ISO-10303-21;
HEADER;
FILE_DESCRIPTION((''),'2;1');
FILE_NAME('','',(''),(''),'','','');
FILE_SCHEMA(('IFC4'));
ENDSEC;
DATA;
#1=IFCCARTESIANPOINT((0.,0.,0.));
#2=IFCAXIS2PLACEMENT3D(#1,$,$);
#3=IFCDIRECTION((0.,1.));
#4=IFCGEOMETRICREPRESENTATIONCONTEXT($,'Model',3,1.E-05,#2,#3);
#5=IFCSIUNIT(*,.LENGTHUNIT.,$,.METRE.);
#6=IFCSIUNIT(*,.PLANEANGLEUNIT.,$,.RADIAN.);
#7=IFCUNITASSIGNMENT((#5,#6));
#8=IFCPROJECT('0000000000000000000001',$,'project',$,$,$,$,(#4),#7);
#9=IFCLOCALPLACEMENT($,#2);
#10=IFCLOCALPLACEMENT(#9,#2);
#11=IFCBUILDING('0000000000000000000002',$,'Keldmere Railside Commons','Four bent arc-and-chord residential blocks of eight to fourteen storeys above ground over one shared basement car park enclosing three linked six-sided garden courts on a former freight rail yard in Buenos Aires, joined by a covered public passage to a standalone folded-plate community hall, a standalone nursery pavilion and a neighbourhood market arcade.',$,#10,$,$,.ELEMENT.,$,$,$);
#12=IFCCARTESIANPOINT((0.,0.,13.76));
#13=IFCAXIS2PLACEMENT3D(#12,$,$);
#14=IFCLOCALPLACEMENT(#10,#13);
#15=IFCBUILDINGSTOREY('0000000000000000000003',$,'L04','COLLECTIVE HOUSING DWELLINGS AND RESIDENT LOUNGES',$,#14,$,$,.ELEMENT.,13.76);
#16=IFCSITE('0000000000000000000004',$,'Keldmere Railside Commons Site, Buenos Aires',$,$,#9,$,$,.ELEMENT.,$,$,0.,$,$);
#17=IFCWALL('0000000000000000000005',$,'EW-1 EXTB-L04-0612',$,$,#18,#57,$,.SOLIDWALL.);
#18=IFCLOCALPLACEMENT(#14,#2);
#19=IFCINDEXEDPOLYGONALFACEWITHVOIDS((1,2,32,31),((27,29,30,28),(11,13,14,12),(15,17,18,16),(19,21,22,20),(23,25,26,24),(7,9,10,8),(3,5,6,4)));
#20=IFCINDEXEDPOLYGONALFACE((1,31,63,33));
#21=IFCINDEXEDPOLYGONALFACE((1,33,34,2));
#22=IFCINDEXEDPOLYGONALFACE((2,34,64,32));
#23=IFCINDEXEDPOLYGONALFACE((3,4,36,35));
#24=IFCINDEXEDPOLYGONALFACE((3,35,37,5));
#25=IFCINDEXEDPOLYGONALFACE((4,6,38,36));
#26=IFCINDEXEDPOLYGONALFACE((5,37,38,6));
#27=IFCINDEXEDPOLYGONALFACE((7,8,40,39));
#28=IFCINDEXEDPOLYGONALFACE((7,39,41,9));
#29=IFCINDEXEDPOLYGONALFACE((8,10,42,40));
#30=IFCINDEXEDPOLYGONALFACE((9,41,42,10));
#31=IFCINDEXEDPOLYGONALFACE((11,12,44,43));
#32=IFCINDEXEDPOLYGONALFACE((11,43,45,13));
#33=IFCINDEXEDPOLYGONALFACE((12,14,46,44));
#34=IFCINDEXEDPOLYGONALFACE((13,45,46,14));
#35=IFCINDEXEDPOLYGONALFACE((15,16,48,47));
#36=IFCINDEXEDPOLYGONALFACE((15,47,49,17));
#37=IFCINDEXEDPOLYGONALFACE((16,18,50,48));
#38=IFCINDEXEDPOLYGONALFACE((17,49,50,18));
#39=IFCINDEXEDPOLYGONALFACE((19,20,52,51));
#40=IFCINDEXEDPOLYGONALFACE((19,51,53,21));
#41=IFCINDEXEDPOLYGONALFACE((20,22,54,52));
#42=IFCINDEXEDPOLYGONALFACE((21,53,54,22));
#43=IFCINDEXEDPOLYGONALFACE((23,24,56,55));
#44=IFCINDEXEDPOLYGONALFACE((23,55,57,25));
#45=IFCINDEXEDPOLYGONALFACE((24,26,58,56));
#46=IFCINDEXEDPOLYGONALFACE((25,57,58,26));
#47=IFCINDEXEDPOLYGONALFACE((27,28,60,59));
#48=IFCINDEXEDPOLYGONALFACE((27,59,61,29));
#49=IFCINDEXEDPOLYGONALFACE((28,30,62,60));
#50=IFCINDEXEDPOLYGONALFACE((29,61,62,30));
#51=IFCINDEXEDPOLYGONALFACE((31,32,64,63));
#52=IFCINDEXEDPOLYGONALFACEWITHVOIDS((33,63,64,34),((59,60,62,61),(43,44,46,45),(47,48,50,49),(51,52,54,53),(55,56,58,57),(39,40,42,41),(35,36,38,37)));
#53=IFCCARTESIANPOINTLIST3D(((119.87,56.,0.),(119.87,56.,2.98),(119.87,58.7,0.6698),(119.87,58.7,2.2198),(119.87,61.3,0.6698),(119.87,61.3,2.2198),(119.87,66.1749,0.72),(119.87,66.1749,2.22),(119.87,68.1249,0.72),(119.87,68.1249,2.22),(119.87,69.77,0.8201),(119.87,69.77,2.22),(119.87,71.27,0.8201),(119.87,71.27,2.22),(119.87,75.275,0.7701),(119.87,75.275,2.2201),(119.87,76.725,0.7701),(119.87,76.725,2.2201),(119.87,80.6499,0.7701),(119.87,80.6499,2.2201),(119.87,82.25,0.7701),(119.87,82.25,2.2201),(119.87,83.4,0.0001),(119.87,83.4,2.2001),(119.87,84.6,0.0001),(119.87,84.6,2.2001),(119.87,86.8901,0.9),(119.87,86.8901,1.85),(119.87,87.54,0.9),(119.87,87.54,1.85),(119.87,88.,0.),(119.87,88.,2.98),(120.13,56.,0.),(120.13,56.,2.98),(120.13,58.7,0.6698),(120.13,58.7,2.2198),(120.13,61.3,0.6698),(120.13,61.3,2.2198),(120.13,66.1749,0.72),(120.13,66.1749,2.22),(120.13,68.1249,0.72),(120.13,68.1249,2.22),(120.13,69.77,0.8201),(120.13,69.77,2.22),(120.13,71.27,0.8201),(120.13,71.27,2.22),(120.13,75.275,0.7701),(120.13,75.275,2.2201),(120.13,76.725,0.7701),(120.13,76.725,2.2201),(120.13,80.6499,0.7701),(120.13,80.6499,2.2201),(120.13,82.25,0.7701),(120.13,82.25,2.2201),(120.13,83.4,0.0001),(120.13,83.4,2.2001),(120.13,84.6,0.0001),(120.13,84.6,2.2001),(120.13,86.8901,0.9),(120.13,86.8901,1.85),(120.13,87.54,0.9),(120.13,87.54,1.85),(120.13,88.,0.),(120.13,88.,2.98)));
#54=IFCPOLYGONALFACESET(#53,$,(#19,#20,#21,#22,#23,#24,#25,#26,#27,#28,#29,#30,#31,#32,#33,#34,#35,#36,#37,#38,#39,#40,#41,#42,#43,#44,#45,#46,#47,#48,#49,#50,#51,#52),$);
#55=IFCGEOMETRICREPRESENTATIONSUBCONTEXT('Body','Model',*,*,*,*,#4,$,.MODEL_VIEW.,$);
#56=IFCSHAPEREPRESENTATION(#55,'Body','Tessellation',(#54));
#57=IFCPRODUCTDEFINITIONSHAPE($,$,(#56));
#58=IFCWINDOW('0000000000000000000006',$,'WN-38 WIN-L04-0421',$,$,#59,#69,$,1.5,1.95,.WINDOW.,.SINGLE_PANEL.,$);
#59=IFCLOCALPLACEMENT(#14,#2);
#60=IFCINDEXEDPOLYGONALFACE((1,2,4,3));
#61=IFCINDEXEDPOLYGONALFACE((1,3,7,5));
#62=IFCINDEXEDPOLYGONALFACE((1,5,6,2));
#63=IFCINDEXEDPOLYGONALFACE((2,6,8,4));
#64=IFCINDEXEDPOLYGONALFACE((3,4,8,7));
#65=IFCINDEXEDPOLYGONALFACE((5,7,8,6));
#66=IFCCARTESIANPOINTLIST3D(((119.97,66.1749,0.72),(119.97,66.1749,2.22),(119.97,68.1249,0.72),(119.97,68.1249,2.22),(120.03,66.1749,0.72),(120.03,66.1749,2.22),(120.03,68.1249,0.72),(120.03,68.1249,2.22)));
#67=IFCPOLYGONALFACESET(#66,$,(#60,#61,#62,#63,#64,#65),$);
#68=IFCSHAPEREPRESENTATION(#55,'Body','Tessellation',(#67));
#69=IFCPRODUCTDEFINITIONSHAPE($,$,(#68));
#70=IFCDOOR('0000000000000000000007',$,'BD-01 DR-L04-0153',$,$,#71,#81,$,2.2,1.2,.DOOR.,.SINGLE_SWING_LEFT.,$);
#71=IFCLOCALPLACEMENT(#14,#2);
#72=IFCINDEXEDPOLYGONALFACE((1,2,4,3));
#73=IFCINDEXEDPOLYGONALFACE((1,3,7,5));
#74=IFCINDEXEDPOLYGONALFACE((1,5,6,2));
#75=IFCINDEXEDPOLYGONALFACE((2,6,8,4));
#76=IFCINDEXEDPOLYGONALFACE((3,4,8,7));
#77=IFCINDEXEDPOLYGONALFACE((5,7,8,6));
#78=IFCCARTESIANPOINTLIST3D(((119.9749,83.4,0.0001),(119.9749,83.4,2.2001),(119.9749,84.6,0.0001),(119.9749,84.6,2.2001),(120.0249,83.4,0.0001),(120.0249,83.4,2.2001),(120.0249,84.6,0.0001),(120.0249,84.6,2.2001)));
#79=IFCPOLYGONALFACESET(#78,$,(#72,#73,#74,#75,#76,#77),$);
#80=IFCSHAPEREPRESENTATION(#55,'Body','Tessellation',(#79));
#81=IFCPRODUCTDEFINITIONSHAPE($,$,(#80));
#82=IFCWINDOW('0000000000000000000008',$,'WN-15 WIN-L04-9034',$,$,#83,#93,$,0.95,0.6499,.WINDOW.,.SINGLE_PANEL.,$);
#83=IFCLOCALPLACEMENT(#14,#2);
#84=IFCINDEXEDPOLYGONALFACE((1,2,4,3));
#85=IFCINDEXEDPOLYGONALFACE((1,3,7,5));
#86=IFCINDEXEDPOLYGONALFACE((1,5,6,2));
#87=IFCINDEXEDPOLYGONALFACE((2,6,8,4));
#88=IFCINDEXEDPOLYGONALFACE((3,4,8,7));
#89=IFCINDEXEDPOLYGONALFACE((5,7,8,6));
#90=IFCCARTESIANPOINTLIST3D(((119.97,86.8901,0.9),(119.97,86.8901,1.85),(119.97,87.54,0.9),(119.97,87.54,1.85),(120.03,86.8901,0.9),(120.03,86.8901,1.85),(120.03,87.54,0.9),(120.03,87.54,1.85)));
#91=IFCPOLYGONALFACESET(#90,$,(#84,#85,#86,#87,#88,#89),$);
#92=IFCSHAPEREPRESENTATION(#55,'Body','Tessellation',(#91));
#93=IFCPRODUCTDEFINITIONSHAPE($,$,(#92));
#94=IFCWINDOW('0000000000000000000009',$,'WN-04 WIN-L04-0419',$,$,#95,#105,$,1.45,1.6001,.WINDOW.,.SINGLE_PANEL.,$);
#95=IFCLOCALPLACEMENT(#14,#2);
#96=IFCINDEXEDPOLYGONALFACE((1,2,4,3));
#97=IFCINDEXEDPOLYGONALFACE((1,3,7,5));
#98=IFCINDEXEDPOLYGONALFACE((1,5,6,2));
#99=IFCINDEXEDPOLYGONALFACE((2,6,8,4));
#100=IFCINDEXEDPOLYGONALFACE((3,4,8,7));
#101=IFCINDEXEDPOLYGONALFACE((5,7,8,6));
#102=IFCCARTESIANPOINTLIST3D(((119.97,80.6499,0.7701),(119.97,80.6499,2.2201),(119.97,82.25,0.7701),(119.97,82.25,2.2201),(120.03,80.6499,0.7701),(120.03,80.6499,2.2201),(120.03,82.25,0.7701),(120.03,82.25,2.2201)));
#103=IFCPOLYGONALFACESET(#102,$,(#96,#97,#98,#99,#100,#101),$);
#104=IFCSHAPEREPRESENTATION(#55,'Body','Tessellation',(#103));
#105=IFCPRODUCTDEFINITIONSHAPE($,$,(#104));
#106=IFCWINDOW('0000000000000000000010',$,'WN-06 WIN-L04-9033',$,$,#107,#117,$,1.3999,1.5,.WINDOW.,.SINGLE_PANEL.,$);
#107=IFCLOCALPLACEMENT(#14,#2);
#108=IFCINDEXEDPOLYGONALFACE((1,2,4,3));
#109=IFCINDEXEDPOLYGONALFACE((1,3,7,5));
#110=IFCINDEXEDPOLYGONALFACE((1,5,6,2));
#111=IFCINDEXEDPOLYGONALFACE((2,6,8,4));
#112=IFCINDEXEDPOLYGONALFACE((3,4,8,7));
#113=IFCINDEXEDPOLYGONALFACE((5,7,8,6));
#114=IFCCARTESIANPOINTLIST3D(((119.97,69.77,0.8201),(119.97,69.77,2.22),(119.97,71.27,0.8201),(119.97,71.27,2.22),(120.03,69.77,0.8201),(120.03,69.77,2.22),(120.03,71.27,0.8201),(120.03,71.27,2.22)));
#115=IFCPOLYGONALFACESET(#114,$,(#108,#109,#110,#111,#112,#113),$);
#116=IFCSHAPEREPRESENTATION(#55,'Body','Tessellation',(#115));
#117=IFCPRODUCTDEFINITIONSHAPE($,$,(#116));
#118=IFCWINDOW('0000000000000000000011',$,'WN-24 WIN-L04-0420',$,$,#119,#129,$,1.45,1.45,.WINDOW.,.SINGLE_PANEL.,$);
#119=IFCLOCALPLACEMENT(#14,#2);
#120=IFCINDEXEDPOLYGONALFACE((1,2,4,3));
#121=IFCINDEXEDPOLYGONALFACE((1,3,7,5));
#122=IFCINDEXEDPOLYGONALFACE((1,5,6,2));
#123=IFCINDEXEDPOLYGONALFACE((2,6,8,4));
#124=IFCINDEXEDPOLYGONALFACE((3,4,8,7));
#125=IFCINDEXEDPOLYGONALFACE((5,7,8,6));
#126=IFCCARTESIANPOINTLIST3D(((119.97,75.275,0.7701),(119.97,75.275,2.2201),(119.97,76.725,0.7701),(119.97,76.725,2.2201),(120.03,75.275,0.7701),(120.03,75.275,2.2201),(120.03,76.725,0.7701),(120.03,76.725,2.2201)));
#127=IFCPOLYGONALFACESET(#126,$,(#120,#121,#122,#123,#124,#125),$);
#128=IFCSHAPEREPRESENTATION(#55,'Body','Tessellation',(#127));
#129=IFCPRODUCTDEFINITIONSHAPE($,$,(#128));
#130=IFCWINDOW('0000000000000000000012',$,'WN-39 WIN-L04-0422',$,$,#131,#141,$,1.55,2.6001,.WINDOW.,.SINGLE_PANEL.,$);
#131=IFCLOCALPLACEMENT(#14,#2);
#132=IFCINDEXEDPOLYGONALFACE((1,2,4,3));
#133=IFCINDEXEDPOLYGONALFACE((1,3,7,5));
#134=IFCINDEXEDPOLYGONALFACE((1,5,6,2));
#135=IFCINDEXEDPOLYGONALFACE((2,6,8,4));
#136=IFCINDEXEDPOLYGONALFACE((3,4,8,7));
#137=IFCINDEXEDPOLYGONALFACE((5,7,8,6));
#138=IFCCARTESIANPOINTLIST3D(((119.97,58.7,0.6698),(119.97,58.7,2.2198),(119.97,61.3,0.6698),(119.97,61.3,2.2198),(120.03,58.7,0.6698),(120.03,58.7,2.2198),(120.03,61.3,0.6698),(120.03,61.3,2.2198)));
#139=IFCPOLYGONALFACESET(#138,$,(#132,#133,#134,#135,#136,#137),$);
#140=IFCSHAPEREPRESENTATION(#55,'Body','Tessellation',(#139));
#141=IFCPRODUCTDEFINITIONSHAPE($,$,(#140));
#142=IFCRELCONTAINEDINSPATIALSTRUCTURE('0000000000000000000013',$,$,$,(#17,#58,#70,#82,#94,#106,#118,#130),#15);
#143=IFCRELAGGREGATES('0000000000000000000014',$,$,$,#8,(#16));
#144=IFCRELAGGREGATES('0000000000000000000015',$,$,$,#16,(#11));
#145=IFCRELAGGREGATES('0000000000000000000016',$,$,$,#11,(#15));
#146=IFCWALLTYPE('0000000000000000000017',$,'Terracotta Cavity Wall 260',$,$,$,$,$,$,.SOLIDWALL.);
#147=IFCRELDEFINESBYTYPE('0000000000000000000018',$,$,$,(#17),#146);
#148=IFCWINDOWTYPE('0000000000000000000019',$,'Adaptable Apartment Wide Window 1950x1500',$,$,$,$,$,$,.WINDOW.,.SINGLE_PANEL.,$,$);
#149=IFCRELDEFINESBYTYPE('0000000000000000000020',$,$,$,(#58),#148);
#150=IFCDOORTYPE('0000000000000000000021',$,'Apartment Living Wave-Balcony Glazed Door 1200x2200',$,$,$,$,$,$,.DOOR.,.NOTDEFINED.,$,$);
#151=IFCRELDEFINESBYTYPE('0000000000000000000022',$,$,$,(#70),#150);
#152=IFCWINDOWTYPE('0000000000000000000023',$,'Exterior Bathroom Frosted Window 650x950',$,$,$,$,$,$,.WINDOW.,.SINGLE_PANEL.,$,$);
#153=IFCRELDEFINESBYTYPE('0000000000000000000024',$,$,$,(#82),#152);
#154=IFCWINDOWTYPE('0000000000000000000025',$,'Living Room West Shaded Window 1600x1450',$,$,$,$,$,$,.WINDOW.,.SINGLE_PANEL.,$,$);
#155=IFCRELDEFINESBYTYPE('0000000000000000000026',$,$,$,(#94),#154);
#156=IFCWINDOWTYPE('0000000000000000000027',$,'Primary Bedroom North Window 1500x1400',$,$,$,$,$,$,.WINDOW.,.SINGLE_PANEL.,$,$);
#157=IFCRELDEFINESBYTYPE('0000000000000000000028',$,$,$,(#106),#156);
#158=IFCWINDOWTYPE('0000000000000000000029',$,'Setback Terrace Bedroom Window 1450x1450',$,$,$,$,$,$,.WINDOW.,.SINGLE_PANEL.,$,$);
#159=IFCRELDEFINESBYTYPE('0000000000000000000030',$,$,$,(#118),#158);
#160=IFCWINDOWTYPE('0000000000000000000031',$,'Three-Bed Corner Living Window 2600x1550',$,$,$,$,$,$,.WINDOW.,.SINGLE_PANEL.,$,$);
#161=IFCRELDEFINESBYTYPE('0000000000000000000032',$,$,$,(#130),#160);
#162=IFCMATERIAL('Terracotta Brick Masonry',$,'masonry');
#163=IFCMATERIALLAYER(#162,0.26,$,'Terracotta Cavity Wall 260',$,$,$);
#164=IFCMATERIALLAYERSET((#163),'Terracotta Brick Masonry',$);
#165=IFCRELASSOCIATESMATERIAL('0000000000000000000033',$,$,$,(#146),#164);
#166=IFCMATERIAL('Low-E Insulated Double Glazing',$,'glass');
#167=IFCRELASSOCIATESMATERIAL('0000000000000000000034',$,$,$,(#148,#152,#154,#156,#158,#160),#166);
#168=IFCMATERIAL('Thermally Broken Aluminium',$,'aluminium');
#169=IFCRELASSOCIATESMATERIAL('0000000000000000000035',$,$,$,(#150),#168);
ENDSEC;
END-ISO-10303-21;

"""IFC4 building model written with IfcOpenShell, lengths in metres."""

from ifc_helpers import new_model, si_unit, direction, frame, frame_2d, origin, place, context, subcontext, project, spatial, rectangle, extrude, material, layer, layer_set, type_object, element, fill, save


model = new_model("IFC4")

# Units and contexts
model_context = context("Model", 3, precision=1e-05, world=origin(), true_north=direction((0.0, 1.0)))
body_context = subcontext(model_context, "Body", "Model", "MODEL_VIEW")
ifc_project = project(units=[si_unit("LENGTHUNIT", "METRE"), si_unit("PLANEANGLEUNIT", "RADIAN")], contexts=[model_context])

# Site, building, storey
site_placement = place(None, origin())
site = spatial("IfcSite", under=ifc_project, at=site_placement, Name="Keldmere Railside Commons Site, Buenos Aires", CompositionType="ELEMENT", RefElevation=0.0)
building_placement = place(site_placement, origin())
building = spatial("IfcBuilding", under=site, at=building_placement, Name="Keldmere Railside Commons", Description="Four bent arc-and-chord residential blocks of eight to fourteen storeys above ground over one shared basement car park enclosing three linked six-sided garden courts on a former freight rail yard in Buenos Aires, joined by a covered public passage to a standalone folded-plate community hall, a standalone nursery pavilion and a neighbourhood market arcade.", CompositionType="ELEMENT")
storey_placement = place(building_placement, frame((0.0, 0.0, 13.76)))
storey = spatial("IfcBuildingStorey", under=building, at=storey_placement, Name="L04", Description="COLLECTIVE HOUSING DWELLINGS AND RESIDENT LOUNGES", CompositionType="ELEMENT", Elevation=13.76)

# Wall, openings, windows, door
ifc_material_1 = material(Name="Terracotta Brick Masonry", Category="masonry")
ifc_layer_1 = layer(ifc_material_1, 0.26, Name="Terracotta Cavity Wall 260")
ifc_layer_set_1 = layer_set([ifc_layer_1], Name="Terracotta Brick Masonry")
wall_type_1 = type_object("IfcWallType", Name="Terracotta Cavity Wall 260", PredefinedType="SOLIDWALL", material=ifc_layer_set_1)
wall_1_placement = place(storey_placement, frame((120.0, 88.0, 0.0), z_axis=(0.0, 0.0, 1.0), x_axis=(0.0, -1.0, 0.0)))
wall_1 = element("IfcWall", 1, at=wall_1_placement, inside=storey, type_object=wall_type_1, Name="EW-1 EXTB-L04-0612", PredefinedType="SOLIDWALL", context=body_context, shape_type="SweptSolid", body=[
    extrude(rectangle(XDim=32.0, YDim=0.26, at=frame_2d((16.0, 0.0))), origin(), (0.0, 0.0, 1.0), 2.98),
])
opening_1_placement = place(wall_1_placement, frame((3.3999, 0.0, 0.0)))
opening_1 = element("IfcOpeningElement", 2, at=opening_1_placement, cuts=wall_1, PredefinedType="OPENING", context=body_context, shape_type="SweptSolid", body=[
    extrude(rectangle(XDim=1.2, YDim=2.2, at=frame_2d((0.6001, 1.1001))), frame((0.0, 0.1399, 0.0), z_axis=(0.0, -1.0, 0.0), x_axis=(1.0, 0.0, 0.0)), (0.0, 0.0, 1.0), 0.28),
])
opening_2_placement = place(wall_1_placement, frame((5.75, 0.0, 0.77)))
opening_2 = element("IfcOpeningElement", 3, at=opening_2_placement, cuts=wall_1, PredefinedType="OPENING", context=body_context, shape_type="SweptSolid", body=[
    extrude(rectangle(XDim=1.6001, YDim=1.45, at=frame_2d((0.8, 0.7251))), frame((0.0, 0.1399, 0.0), z_axis=(0.0, -1.0, 0.0), x_axis=(1.0, 0.0, 0.0)), (0.0, 0.0, 1.0), 0.28),
])
opening_3_placement = place(wall_1_placement, frame((11.2749, 0.0, 0.77)))
opening_3 = element("IfcOpeningElement", 4, at=opening_3_placement, cuts=wall_1, PredefinedType="OPENING", context=body_context, shape_type="SweptSolid", body=[
    extrude(rectangle(XDim=1.45, YDim=1.45, at=frame_2d((0.7251, 0.7251))), frame((0.0, 0.1399, 0.0), z_axis=(0.0, -1.0, 0.0), x_axis=(1.0, 0.0, 0.0)), (0.0, 0.0, 1.0), 0.28),
])
opening_4_placement = place(wall_1_placement, frame((19.875, 0.0, 0.72)))
opening_4 = element("IfcOpeningElement", 5, at=opening_4_placement, cuts=wall_1, PredefinedType="OPENING", context=body_context, shape_type="SweptSolid", body=[
    extrude(rectangle(XDim=1.95, YDim=1.5, at=frame_2d((0.9751, 0.75))), frame((0.0, 0.1399, 0.0), z_axis=(0.0, -1.0, 0.0), x_axis=(1.0, 0.0, 0.0)), (0.0, 0.0, 1.0), 0.28),
])
opening_5_placement = place(wall_1_placement, frame((26.7, 0.0, 0.6699)))
opening_5 = element("IfcOpeningElement", 6, at=opening_5_placement, cuts=wall_1, PredefinedType="OPENING", context=body_context, shape_type="SweptSolid", body=[
    extrude(rectangle(XDim=2.6001, YDim=1.55, at=frame_2d((1.3, 0.7749))), frame((0.0, 0.1399, 0.0), z_axis=(0.0, -1.0, 0.0), x_axis=(1.0, 0.0, 0.0)), (0.0, 0.0, 1.0), 0.28),
])
opening_6_placement = place(wall_1_placement, frame((16.73, 0.0, 0.8201)))
opening_6 = element("IfcOpeningElement", 7, at=opening_6_placement, cuts=wall_1, PredefinedType="OPENING", context=body_context, shape_type="SweptSolid", body=[
    extrude(rectangle(XDim=1.5, YDim=1.3999, at=frame_2d((0.75, 0.7))), frame((0.0, 0.1399, 0.0), z_axis=(0.0, -1.0, 0.0), x_axis=(1.0, 0.0, 0.0)), (0.0, 0.0, 1.0), 0.28),
])
opening_7_placement = place(wall_1_placement, frame((0.46, 0.0, 0.8999)))
opening_7 = element("IfcOpeningElement", 8, at=opening_7_placement, cuts=wall_1, PredefinedType="OPENING", context=body_context, shape_type="SweptSolid", body=[
    extrude(rectangle(XDim=0.6499, YDim=0.95, at=frame_2d((0.325, 0.4751))), frame((0.0, 0.1399, 0.0), z_axis=(0.0, -1.0, 0.0), x_axis=(1.0, 0.0, 0.0)), (0.0, 0.0, 1.0), 0.28),
])
ifc_material_2 = material(Name="Low-E Insulated Double Glazing", Category="glass")
window_type_1 = type_object("IfcWindowType", Name="Adaptable Apartment Wide Window 1950x1500", PartitioningType="SINGLE_PANEL", PredefinedType="WINDOW", material=ifc_material_2)
window_1_placement = place(opening_4_placement, origin())
window_1 = element("IfcWindow", 9, at=window_1_placement, inside=storey, type_object=window_type_1, Name="WN-38 WIN-L04-0421", OverallHeight=1.5, OverallWidth=1.95, PartitioningType="SINGLE_PANEL", PredefinedType="WINDOW", context=body_context, shape_type="SweptSolid", body=[
    extrude(rectangle(XDim=1.95, YDim=1.5, at=frame_2d((0.9751, 0.75))), frame((0.0, 0.03, 0.0), z_axis=(0.0, -1.0, 0.0), x_axis=(1.0, 0.0, 0.0)), (0.0, 0.0, 1.0), 0.0601),
])
fill(opening_4, window_1)
ifc_material_3 = material(Name="Thermally Broken Aluminium", Category="aluminium")
door_type_1 = type_object("IfcDoorType", Name="Apartment Living Wave-Balcony Glazed Door 1200x2200", OperationType="NOTDEFINED", PredefinedType="DOOR", material=ifc_material_3)
door_1_placement = place(opening_1_placement, origin())
door_1 = element("IfcDoor", 10, at=door_1_placement, inside=storey, type_object=door_type_1, Name="BD-01 DR-L04-0153", OperationType="SINGLE_SWING_LEFT", OverallHeight=2.2, OverallWidth=1.2, PredefinedType="DOOR", context=body_context, shape_type="SweptSolid", body=[
    extrude(rectangle(XDim=1.2, YDim=2.2, at=frame_2d((0.6001, 1.1001))), frame((0.0, 0.0249, 0.0), z_axis=(0.0, -1.0, 0.0), x_axis=(1.0, 0.0, 0.0)), (0.0, 0.0, 1.0), 0.05),
])
fill(opening_1, door_1)
window_type_2 = type_object("IfcWindowType", Name="Exterior Bathroom Frosted Window 650x950", PartitioningType="SINGLE_PANEL", PredefinedType="WINDOW", material=ifc_material_2)
window_2_placement = place(opening_7_placement, origin())
window_2 = element("IfcWindow", 11, at=window_2_placement, inside=storey, type_object=window_type_2, Name="WN-15 WIN-L04-9034", OverallHeight=0.95, OverallWidth=0.6499, PartitioningType="SINGLE_PANEL", PredefinedType="WINDOW", context=body_context, shape_type="SweptSolid", body=[
    extrude(rectangle(XDim=0.6499, YDim=0.95, at=frame_2d((0.325, 0.4751))), frame((0.0, 0.03, 0.0), z_axis=(0.0, -1.0, 0.0), x_axis=(1.0, 0.0, 0.0)), (0.0, 0.0, 1.0), 0.0601),
])
fill(opening_7, window_2)
window_type_3 = type_object("IfcWindowType", Name="Living Room West Shaded Window 1600x1450", PartitioningType="SINGLE_PANEL", PredefinedType="WINDOW", material=ifc_material_2)
window_3_placement = place(opening_2_placement, origin())
window_3 = element("IfcWindow", 12, at=window_3_placement, inside=storey, type_object=window_type_3, Name="WN-04 WIN-L04-0419", OverallHeight=1.45, OverallWidth=1.6001, PartitioningType="SINGLE_PANEL", PredefinedType="WINDOW", context=body_context, shape_type="SweptSolid", body=[
    extrude(rectangle(XDim=1.6001, YDim=1.45, at=frame_2d((0.8, 0.7251))), frame((0.0, 0.03, 0.0), z_axis=(0.0, -1.0, 0.0), x_axis=(1.0, 0.0, 0.0)), (0.0, 0.0, 1.0), 0.0601),
])
fill(opening_2, window_3)
window_type_4 = type_object("IfcWindowType", Name="Primary Bedroom North Window 1500x1400", PartitioningType="SINGLE_PANEL", PredefinedType="WINDOW", material=ifc_material_2)
window_4_placement = place(opening_6_placement, origin())
window_4 = element("IfcWindow", 13, at=window_4_placement, inside=storey, type_object=window_type_4, Name="WN-06 WIN-L04-9033", OverallHeight=1.3999, OverallWidth=1.5, PartitioningType="SINGLE_PANEL", PredefinedType="WINDOW", context=body_context, shape_type="SweptSolid", body=[
    extrude(rectangle(XDim=1.5, YDim=1.3999, at=frame_2d((0.75, 0.7))), frame((0.0, 0.03, 0.0), z_axis=(0.0, -1.0, 0.0), x_axis=(1.0, 0.0, 0.0)), (0.0, 0.0, 1.0), 0.0601),
])
fill(opening_6, window_4)
window_type_5 = type_object("IfcWindowType", Name="Setback Terrace Bedroom Window 1450x1450", PartitioningType="SINGLE_PANEL", PredefinedType="WINDOW", material=ifc_material_2)
window_5_placement = place(opening_3_placement, origin())
window_5 = element("IfcWindow", 14, at=window_5_placement, inside=storey, type_object=window_type_5, Name="WN-24 WIN-L04-0420", OverallHeight=1.45, OverallWidth=1.45, PartitioningType="SINGLE_PANEL", PredefinedType="WINDOW", context=body_context, shape_type="SweptSolid", body=[
    extrude(rectangle(XDim=1.45, YDim=1.45, at=frame_2d((0.7251, 0.7251))), frame((0.0, 0.03, 0.0), z_axis=(0.0, -1.0, 0.0), x_axis=(1.0, 0.0, 0.0)), (0.0, 0.0, 1.0), 0.0601),
])
fill(opening_3, window_5)
window_type_6 = type_object("IfcWindowType", Name="Three-Bed Corner Living Window 2600x1550", PartitioningType="SINGLE_PANEL", PredefinedType="WINDOW", material=ifc_material_2)
window_6_placement = place(opening_5_placement, origin())
window_6 = element("IfcWindow", 15, at=window_6_placement, inside=storey, type_object=window_type_6, Name="WN-39 WIN-L04-0422", OverallHeight=1.55, OverallWidth=2.6001, PartitioningType="SINGLE_PANEL", PredefinedType="WINDOW", context=body_context, shape_type="SweptSolid", body=[
    extrude(rectangle(XDim=2.6001, YDim=1.55, at=frame_2d((1.3, 0.7749))), frame((0.0, 0.03, 0.0), z_axis=(0.0, -1.0, 0.0), x_axis=(1.0, 0.0, 0.0)), (0.0, 0.0, 1.0), 0.0601),
])
fill(opening_5, window_6)

save(model, "model.ifc")
